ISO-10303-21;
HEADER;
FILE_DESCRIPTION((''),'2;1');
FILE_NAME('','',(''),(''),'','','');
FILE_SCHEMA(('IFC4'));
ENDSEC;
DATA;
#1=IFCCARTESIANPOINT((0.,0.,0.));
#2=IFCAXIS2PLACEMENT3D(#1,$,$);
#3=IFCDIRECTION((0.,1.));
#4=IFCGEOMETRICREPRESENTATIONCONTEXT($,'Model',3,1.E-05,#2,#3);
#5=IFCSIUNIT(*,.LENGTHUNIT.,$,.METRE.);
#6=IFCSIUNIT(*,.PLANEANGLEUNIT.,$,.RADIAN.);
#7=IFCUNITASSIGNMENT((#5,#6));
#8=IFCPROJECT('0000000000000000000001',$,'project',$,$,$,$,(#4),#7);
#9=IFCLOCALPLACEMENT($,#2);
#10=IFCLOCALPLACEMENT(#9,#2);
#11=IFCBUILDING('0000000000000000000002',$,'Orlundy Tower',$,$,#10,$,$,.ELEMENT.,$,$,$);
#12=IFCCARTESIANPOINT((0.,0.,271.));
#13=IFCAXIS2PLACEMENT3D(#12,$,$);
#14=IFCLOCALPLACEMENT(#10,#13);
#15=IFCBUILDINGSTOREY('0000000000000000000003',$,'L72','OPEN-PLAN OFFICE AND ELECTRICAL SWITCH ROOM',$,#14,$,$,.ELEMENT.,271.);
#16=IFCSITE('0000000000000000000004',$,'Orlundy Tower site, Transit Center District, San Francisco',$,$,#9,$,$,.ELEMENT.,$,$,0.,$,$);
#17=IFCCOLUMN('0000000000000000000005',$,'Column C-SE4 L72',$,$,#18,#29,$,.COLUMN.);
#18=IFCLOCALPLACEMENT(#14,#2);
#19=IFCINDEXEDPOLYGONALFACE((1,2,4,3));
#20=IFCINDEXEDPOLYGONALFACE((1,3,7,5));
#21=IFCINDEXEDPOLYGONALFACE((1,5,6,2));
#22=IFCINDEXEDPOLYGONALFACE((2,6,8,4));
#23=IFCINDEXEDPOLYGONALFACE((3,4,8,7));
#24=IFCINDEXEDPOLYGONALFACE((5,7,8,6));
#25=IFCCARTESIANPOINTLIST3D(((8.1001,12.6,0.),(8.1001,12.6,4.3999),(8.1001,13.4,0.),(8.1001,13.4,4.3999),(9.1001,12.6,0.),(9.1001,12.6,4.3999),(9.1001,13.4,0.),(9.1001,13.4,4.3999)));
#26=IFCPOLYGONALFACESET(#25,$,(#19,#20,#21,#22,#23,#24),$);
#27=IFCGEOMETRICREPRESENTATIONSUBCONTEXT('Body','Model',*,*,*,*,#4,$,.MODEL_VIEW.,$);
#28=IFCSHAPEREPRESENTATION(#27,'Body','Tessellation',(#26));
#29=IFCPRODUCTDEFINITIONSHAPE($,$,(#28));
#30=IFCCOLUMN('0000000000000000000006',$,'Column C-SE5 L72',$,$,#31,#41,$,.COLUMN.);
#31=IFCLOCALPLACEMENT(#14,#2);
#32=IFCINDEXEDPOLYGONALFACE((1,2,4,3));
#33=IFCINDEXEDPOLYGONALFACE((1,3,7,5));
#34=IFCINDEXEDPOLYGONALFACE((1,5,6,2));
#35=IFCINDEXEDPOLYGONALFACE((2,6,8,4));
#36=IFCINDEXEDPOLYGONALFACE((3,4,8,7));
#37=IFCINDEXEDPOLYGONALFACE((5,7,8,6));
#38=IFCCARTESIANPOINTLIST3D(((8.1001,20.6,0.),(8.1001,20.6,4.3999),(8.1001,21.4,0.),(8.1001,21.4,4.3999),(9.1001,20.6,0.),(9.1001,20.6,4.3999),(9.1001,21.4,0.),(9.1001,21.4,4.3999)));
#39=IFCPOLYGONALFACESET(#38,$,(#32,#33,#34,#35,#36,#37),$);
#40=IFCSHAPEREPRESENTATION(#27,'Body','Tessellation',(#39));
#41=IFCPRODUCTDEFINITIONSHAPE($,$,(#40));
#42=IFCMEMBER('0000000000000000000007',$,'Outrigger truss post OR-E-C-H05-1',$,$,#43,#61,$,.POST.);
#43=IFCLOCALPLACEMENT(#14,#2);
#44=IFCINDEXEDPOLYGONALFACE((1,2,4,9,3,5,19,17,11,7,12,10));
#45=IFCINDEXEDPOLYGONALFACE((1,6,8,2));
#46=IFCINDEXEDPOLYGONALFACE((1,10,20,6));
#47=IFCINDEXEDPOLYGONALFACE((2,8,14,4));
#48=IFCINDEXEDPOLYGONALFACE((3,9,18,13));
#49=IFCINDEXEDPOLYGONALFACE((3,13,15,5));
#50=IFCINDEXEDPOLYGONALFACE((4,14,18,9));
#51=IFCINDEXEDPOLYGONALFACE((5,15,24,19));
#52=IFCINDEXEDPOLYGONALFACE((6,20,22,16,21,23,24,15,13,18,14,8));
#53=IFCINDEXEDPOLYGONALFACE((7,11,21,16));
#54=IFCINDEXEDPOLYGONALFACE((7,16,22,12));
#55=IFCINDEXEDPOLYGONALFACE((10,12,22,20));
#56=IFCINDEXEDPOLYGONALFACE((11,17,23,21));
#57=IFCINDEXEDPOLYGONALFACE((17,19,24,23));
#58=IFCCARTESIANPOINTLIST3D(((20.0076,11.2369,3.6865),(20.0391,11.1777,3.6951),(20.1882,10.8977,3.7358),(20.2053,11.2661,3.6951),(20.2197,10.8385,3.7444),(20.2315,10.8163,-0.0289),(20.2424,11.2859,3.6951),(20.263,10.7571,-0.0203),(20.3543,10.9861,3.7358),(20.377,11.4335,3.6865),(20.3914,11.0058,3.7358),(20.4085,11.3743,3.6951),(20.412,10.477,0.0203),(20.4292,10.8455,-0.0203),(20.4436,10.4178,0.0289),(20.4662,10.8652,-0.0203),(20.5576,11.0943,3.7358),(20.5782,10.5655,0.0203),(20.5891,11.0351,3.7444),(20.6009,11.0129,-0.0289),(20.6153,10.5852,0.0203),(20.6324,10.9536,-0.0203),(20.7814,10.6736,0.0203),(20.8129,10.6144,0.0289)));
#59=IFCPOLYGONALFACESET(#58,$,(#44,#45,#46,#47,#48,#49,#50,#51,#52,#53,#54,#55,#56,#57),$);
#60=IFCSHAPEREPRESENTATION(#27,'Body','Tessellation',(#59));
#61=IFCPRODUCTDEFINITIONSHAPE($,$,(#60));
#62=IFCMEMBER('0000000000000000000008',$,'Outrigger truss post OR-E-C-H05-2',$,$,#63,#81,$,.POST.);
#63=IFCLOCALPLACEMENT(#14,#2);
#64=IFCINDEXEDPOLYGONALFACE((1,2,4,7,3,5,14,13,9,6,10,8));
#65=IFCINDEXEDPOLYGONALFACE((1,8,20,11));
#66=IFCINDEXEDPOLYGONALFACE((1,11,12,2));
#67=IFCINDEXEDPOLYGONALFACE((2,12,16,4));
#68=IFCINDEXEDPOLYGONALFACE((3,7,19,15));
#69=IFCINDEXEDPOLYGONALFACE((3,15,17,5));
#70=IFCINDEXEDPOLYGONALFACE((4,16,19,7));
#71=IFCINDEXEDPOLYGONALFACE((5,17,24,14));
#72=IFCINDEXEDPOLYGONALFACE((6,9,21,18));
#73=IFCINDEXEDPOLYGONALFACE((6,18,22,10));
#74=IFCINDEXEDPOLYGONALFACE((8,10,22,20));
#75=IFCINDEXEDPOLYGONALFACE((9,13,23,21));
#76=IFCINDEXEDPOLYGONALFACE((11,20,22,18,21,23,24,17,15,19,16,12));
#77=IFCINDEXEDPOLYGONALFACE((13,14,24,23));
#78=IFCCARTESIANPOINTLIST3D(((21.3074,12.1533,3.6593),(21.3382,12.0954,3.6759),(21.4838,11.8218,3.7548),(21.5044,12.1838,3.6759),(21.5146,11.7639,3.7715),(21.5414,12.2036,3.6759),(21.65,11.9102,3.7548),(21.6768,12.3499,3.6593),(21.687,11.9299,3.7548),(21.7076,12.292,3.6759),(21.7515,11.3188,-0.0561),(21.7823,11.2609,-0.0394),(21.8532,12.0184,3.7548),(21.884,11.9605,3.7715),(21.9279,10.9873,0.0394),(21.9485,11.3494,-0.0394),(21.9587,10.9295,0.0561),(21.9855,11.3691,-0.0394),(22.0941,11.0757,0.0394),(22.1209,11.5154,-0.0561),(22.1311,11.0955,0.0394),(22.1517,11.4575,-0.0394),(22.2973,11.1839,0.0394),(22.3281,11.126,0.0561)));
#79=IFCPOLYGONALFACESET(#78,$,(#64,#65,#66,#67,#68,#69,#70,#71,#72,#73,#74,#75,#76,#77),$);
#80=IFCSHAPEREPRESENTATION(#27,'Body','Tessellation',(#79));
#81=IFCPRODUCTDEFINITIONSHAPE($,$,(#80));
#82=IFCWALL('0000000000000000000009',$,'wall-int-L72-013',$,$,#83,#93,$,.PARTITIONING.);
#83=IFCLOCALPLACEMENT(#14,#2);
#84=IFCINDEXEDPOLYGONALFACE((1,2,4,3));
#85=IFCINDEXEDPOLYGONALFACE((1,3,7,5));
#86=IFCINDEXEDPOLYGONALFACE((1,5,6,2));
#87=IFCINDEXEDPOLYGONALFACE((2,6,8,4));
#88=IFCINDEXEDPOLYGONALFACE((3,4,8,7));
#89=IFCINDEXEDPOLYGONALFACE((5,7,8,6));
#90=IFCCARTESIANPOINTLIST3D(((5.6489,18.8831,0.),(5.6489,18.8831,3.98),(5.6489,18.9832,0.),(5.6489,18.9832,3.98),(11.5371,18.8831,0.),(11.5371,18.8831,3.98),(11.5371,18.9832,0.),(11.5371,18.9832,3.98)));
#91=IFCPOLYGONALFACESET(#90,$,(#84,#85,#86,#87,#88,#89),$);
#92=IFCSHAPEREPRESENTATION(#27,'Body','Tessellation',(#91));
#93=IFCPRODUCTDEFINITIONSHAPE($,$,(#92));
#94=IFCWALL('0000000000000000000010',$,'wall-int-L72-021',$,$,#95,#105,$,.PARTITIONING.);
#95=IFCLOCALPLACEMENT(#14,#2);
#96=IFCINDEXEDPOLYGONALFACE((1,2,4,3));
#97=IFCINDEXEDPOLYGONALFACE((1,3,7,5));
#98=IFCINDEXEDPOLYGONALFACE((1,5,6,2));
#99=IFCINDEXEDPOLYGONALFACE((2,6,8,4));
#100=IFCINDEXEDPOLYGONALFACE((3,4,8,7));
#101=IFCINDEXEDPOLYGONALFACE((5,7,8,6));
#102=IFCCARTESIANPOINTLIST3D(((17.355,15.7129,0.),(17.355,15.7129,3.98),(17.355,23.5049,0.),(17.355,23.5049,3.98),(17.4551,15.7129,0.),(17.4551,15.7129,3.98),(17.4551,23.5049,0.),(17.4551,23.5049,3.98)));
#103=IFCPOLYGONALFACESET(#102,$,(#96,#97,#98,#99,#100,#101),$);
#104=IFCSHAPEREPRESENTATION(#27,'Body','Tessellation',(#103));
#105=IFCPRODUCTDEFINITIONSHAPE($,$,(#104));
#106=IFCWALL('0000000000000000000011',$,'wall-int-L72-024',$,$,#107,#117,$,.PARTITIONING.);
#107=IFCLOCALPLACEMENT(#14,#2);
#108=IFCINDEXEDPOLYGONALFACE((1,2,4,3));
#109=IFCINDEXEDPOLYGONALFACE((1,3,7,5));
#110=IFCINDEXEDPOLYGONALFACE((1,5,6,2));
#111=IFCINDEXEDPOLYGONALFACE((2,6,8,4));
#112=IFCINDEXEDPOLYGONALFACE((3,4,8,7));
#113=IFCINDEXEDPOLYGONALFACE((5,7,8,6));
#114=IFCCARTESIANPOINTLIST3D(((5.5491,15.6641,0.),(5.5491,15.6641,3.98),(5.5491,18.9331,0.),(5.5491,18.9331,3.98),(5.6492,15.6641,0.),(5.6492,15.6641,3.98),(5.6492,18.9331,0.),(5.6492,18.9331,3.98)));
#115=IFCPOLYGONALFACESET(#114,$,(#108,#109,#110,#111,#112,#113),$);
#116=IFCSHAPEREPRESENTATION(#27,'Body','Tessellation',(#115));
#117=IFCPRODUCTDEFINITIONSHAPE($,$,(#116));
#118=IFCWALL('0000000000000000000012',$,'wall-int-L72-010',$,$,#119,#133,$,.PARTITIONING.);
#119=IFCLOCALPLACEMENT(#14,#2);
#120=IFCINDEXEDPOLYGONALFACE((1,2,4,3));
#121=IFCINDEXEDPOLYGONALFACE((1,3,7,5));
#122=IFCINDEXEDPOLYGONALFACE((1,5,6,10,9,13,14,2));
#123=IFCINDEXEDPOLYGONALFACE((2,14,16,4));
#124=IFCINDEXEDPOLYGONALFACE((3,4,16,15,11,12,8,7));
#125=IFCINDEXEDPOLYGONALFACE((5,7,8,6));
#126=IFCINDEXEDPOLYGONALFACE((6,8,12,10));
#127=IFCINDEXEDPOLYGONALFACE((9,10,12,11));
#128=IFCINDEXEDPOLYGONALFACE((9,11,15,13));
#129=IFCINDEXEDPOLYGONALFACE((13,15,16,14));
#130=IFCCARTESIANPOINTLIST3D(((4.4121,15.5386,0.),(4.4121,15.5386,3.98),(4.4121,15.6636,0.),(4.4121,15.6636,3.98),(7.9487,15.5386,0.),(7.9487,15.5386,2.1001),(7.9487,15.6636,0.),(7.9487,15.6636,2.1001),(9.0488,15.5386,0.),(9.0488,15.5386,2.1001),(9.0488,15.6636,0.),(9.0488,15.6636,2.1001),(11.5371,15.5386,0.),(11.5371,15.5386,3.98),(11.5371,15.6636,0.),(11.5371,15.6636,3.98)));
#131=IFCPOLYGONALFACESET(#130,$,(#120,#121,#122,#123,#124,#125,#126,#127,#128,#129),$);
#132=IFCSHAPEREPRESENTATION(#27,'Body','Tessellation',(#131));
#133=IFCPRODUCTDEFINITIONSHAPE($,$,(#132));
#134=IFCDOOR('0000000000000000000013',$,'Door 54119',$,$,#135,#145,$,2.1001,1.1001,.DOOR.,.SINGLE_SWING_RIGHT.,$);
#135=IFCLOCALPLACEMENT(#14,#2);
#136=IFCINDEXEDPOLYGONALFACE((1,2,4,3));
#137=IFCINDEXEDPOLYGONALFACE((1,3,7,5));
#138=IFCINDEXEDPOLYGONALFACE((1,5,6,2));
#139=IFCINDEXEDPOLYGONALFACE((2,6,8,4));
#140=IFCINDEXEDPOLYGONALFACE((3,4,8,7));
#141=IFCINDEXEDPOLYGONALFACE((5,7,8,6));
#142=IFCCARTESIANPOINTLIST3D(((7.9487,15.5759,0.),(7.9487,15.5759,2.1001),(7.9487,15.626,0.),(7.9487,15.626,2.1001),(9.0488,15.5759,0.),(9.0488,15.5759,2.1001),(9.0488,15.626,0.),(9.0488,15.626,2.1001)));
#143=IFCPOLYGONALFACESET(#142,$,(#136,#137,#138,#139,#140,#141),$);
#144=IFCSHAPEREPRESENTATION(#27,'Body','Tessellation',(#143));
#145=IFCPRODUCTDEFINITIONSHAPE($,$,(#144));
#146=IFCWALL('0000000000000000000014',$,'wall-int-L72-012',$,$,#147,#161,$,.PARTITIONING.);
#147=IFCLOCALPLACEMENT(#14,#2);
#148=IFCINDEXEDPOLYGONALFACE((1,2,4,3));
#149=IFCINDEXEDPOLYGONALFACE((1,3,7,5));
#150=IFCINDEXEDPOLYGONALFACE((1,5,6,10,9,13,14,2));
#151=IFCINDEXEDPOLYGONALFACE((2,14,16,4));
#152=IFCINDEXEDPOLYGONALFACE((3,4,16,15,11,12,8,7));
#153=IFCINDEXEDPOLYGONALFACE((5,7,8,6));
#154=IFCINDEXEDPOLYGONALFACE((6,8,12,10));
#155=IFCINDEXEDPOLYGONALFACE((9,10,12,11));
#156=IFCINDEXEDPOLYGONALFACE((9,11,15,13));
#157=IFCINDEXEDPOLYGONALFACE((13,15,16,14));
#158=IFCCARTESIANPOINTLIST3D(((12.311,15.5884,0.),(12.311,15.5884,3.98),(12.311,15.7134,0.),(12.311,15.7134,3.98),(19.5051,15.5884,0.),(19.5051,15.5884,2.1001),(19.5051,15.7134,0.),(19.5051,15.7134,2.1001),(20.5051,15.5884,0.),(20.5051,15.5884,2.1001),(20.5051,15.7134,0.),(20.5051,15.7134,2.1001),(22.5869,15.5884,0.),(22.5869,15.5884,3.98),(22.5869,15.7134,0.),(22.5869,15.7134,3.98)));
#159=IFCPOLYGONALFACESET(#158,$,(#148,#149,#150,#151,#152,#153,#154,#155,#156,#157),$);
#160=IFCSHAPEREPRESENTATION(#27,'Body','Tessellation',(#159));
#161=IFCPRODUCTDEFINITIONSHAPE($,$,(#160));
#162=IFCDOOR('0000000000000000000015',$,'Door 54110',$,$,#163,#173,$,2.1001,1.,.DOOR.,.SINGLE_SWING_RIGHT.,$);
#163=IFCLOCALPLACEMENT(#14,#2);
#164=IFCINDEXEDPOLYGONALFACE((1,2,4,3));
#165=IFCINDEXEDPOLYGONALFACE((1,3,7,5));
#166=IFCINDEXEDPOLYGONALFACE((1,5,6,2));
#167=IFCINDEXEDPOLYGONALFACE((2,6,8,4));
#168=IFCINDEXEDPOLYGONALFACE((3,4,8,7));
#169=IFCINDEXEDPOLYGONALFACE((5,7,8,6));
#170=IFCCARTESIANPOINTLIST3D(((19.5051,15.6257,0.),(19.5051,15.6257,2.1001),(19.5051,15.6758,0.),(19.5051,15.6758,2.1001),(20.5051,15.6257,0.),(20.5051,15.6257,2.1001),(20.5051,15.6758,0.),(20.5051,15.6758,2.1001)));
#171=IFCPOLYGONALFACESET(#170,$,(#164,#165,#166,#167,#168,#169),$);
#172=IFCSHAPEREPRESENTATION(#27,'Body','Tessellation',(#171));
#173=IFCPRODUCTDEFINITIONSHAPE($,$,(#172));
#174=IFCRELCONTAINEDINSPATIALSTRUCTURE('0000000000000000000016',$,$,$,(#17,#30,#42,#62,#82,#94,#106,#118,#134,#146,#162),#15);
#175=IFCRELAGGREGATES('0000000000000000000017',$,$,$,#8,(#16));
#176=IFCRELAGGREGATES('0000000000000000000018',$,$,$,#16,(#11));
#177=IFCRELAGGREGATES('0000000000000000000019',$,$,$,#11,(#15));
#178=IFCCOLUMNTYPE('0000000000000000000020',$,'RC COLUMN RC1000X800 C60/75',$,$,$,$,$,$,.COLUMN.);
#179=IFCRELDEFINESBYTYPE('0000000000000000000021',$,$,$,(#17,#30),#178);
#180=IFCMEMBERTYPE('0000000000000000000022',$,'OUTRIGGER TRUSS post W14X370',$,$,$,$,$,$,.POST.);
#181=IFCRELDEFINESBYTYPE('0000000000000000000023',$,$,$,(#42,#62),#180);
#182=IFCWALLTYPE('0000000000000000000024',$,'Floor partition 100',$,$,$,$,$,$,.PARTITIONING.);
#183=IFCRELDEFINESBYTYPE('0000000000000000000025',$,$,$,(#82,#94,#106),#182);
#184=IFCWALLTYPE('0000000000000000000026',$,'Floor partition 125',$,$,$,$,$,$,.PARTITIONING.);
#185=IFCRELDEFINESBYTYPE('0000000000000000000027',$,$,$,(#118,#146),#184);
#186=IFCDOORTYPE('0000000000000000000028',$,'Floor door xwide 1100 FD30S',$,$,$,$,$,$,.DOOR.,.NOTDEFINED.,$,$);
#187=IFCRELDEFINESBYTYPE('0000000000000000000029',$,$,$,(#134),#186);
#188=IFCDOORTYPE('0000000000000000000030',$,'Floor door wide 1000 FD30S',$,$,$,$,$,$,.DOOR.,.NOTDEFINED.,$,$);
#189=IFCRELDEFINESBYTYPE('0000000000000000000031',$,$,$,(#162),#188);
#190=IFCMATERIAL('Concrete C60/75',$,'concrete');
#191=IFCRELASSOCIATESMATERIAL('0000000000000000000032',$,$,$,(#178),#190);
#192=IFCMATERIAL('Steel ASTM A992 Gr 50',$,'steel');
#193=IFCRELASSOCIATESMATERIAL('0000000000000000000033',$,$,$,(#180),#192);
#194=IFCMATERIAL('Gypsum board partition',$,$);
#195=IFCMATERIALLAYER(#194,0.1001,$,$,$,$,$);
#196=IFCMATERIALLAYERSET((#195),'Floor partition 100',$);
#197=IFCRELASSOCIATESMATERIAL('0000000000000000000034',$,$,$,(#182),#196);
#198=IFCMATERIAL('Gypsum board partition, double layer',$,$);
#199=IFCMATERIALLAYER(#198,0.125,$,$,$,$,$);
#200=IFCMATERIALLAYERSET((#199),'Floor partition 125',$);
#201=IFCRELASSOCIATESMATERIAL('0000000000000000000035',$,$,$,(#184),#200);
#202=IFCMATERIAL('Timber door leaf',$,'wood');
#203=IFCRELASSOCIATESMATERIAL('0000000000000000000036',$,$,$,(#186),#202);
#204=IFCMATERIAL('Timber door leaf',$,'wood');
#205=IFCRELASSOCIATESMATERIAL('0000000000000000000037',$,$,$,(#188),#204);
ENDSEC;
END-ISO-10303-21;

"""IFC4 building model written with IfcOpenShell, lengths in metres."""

from ifc_helpers import new_model, si_unit, direction, frame, frame_2d, origin, origin_2d, place, context, subcontext, project, spatial, rectangle, i_section, extrude, material, layer, layer_set, material_profile, profile_set, type_object, element, fill, save


model = new_model("IFC4")

# Units and contexts
model_context = context("Model", 3, precision=1e-05, world=origin(), true_north=direction((0.0, 1.0)))
body_context = subcontext(model_context, "Body", "Model", "MODEL_VIEW")
ifc_project = project(units=[si_unit("LENGTHUNIT", "METRE"), si_unit("PLANEANGLEUNIT", "RADIAN")], contexts=[model_context])

# Site, building, storey
site_placement = place(None, origin())
site = spatial("IfcSite", under=ifc_project, at=site_placement, Name="Orlundy Tower site, Transit Center District, San Francisco", CompositionType="ELEMENT", RefElevation=0.0)
building_placement = place(site_placement, origin())
building = spatial("IfcBuilding", under=site, at=building_placement, Name="Orlundy Tower", CompositionType="ELEMENT")
storey_placement = place(building_placement, frame((0.0, 0.0, 271.0)))
storey = spatial("IfcBuildingStorey", under=building, at=storey_placement, Name="L72", Description="OPEN-PLAN OFFICE AND ELECTRICAL SWITCH ROOM", CompositionType="ELEMENT", Elevation=271.0)

# Columns
ifc_material_1 = material(Name="Concrete C60/75", Category="concrete")
ifc_material_profile_1 = material_profile(ifc_material_1, rectangle(XDim=1.0, YDim=0.8, at=origin_2d()), Name="RC1000X800")
ifc_profile_set_1 = profile_set([ifc_material_profile_1], Name="Concrete C60/75")
column_type = type_object("IfcColumnType", Name="RC COLUMN RC1000X800 C60/75", PredefinedType="COLUMN", material=ifc_profile_set_1)
for number, where, z_axis, x_axis, name in (
    (1, (8.6001, 13.0, 0.0), (0.0, 0.0, 1.0), (1.0, 0.0, 0.0), "Column C-SE4 L72"),
    (2, (8.6001, 21.0, 0.0), (0.0, 0.0, 1.0), (1.0, 0.0, 0.0), "Column C-SE5 L72"),
):
    element("IfcColumn", number, at=place(storey_placement, frame(where, z_axis=z_axis, x_axis=x_axis)), inside=storey, type_object=column_type, Name=name, PredefinedType="COLUMN", context=body_context, shape_type="SweptSolid", body=[
        extrude(rectangle(XDim=1.0, YDim=0.8, at=origin_2d()), origin(), (0.0, 0.0, 1.0), 4.3999),
    ])

# Members
ifc_material_2 = material(Name="Steel ASTM A992 Gr 50", Category="steel")
ifc_material_profile_2 = material_profile(ifc_material_2, i_section(OverallWidth=0.4185, OverallDepth=0.4551, WebThickness=0.042, FlangeThickness=0.0676, at=origin_2d()), Name="W14X370")
ifc_profile_set_2 = profile_set([ifc_material_profile_2], Name="Steel ASTM A992 Gr 50")
member_type = type_object("IfcMemberType", Name="OUTRIGGER TRUSS post W14X370", PredefinedType="POST", material=ifc_profile_set_2)
member_1_placement = place(storey_placement, frame((20.5222, 10.7153, 0.0), z_axis=(-0.059768, 0.112301, 0.991875), x_axis=(-0.882764, -0.469817, 0.0)))
element("IfcMember", 3, at=member_1_placement, inside=storey, type_object=member_type, Name="Outrigger truss post OR-E-C-H05-1", PredefinedType="POST", context=body_context, shape_type="SweptSolid", body=[
    extrude(i_section(OverallWidth=0.4185, OverallDepth=0.4551, WebThickness=0.042, FlangeThickness=0.0676, at=origin_2d()), origin(), (0.0, 0.0, 1.0), 3.7458),
])
member_2_placement = place(storey_placement, frame((22.0398, 11.2224, 0.0), z_axis=(-0.115839, 0.217668, 0.969124), x_axis=(-0.882774, -0.469797, 0.0)))
element("IfcMember", 4, at=member_2_placement, inside=storey, type_object=member_type, Name="Outrigger truss post OR-E-C-H05-2", PredefinedType="POST", context=body_context, shape_type="SweptSolid", body=[
    extrude(i_section(OverallWidth=0.4185, OverallDepth=0.4551, WebThickness=0.042, FlangeThickness=0.0676, at=origin_2d()), origin(), (0.0, 0.0, 1.0), 3.8337),
])

# Walls
ifc_material_3 = material(Name="Gypsum board partition")
ifc_layer_1 = layer(ifc_material_3, 0.1001)
ifc_layer_set_1 = layer_set([ifc_layer_1], Name="Floor partition 100")
wall_type_1 = type_object("IfcWallType", Name="Floor partition 100", PredefinedType="PARTITIONING", material=ifc_layer_set_1)
wall_1_placement = place(storey_placement, frame((5.6489, 18.9331, 0.0), z_axis=(0.0, 0.0, 1.0), x_axis=(1.0, 0.0, 0.0)))
element("IfcWall", 5, at=wall_1_placement, inside=storey, type_object=wall_type_1, Name="wall-int-L72-013", PredefinedType="PARTITIONING", context=body_context, shape_type="SweptSolid", body=[
    extrude(rectangle(XDim=5.8882, YDim=0.1001, at=frame_2d((2.9441, 0.0))), origin(), (0.0, 0.0, 1.0), 3.98),
])
wall_2_placement = place(storey_placement, frame((17.405, 15.7129, 0.0), z_axis=(0.0, 0.0, 1.0), x_axis=(0.0, 1.0, 0.0)))
element("IfcWall", 6, at=wall_2_placement, inside=storey, type_object=wall_type_1, Name="wall-int-L72-021", PredefinedType="PARTITIONING", context=body_context, shape_type="SweptSolid", body=[
    extrude(rectangle(XDim=7.792, YDim=0.1001, at=frame_2d((3.896, 0.0))), origin(), (0.0, 0.0, 1.0), 3.98),
])
wall_3_placement = place(storey_placement, frame((5.5991, 15.6641, 0.0), z_axis=(0.0, 0.0, 1.0), x_axis=(0.0, 1.0, 0.0)))
element("IfcWall", 7, at=wall_3_placement, inside=storey, type_object=wall_type_1, Name="wall-int-L72-024", PredefinedType="PARTITIONING", context=body_context, shape_type="SweptSolid", body=[
    extrude(rectangle(XDim=3.269, YDim=0.1001, at=frame_2d((1.6345, 0.0))), origin(), (0.0, 0.0, 1.0), 3.98),
])

# Walls, openings, doors
ifc_material_4 = material(Name="Gypsum board partition, double layer")
ifc_layer_2 = layer(ifc_material_4, 0.125)
ifc_layer_set_2 = layer_set([ifc_layer_2], Name="Floor partition 125")
wall_type_2 = type_object("IfcWallType", Name="Floor partition 125", PredefinedType="PARTITIONING", material=ifc_layer_set_2)
wall_4_placement = place(storey_placement, frame((4.4121, 15.6011, 0.0), z_axis=(0.0, 0.0, 1.0), x_axis=(1.0, 0.0, 0.0)))
wall_4 = element("IfcWall", 8, at=wall_4_placement, inside=storey, type_object=wall_type_2, Name="wall-int-L72-010", PredefinedType="PARTITIONING", context=body_context, shape_type="SweptSolid", body=[
    extrude(rectangle(XDim=7.125, YDim=0.125, at=frame_2d((3.5625, 0.0))), origin(), (0.0, 0.0, 1.0), 3.98),
])
opening_1_placement = place(wall_4_placement, frame((3.5366, 0.0, 0.0)))
opening_1 = element("IfcOpeningElement", 9, at=opening_1_placement, cuts=wall_4, PredefinedType="OPENING", context=body_context, shape_type="SweptSolid", body=[
    extrude(rectangle(XDim=1.1001, YDim=2.1001, at=frame_2d((0.55, 1.05))), frame((0.0, 0.0725, 0.0), z_axis=(0.0, -1.0, 0.0), x_axis=(1.0, 0.0, 0.0)), (0.0, 0.0, 1.0), 0.145),
])
ifc_material_5 = material(Name="Timber door leaf", Category="wood")
door_type_1 = type_object("IfcDoorType", Name="Floor door xwide 1100 FD30S", OperationType="NOTDEFINED", PredefinedType="DOOR", material=ifc_material_5)
door_1_placement = place(opening_1_placement, origin())
door_1 = element("IfcDoor", 10, at=door_1_placement, inside=storey, type_object=door_type_1, Name="Door 54119", OperationType="SINGLE_SWING_RIGHT", OverallHeight=2.1001, OverallWidth=1.1001, PredefinedType="DOOR", context=body_context, shape_type="SweptSolid", body=[
    extrude(rectangle(XDim=1.1001, YDim=2.1001, at=frame_2d((0.55, 1.05))), frame((0.0, 0.0249, 0.0), z_axis=(0.0, -1.0, 0.0), x_axis=(1.0, 0.0, 0.0)), (0.0, 0.0, 1.0), 0.05),
])
fill(opening_1, door_1)
wall_5_placement = place(storey_placement, frame((12.311, 15.6509, 0.0), z_axis=(0.0, 0.0, 1.0), x_axis=(1.0, 0.0, 0.0)))
wall_5 = element("IfcWall", 11, at=wall_5_placement, inside=storey, type_object=wall_type_2, Name="wall-int-L72-012", PredefinedType="PARTITIONING", context=body_context, shape_type="SweptSolid", body=[
    extrude(rectangle(XDim=10.2759, YDim=0.125, at=frame_2d((5.1379, 0.0))), origin(), (0.0, 0.0, 1.0), 3.98),
])
opening_2_placement = place(wall_5_placement, frame((7.1941, 0.0, 0.0)))
opening_2 = element("IfcOpeningElement", 12, at=opening_2_placement, cuts=wall_5, PredefinedType="OPENING", context=body_context, shape_type="SweptSolid", body=[
    extrude(rectangle(XDim=1.0, YDim=2.1001, at=frame_2d((0.5, 1.05))), frame((0.0, 0.0725, 0.0), z_axis=(0.0, -1.0, 0.0), x_axis=(1.0, 0.0, 0.0)), (0.0, 0.0, 1.0), 0.145),
])
ifc_material_6 = material(Name="Timber door leaf", Category="wood")
door_type_2 = type_object("IfcDoorType", Name="Floor door wide 1000 FD30S", OperationType="NOTDEFINED", PredefinedType="DOOR", material=ifc_material_6)
door_2_placement = place(opening_2_placement, origin())
door_2 = element("IfcDoor", 13, at=door_2_placement, inside=storey, type_object=door_type_2, Name="Door 54110", OperationType="SINGLE_SWING_RIGHT", OverallHeight=2.1001, OverallWidth=1.0, PredefinedType="DOOR", context=body_context, shape_type="SweptSolid", body=[
    extrude(rectangle(XDim=1.0, YDim=2.1001, at=frame_2d((0.5, 1.05))), frame((0.0, 0.0249, 0.0), z_axis=(0.0, -1.0, 0.0), x_axis=(1.0, 0.0, 0.0)), (0.0, 0.0, 1.0), 0.05),
])
fill(opening_2, door_2)

save(model, "model.ifc")
